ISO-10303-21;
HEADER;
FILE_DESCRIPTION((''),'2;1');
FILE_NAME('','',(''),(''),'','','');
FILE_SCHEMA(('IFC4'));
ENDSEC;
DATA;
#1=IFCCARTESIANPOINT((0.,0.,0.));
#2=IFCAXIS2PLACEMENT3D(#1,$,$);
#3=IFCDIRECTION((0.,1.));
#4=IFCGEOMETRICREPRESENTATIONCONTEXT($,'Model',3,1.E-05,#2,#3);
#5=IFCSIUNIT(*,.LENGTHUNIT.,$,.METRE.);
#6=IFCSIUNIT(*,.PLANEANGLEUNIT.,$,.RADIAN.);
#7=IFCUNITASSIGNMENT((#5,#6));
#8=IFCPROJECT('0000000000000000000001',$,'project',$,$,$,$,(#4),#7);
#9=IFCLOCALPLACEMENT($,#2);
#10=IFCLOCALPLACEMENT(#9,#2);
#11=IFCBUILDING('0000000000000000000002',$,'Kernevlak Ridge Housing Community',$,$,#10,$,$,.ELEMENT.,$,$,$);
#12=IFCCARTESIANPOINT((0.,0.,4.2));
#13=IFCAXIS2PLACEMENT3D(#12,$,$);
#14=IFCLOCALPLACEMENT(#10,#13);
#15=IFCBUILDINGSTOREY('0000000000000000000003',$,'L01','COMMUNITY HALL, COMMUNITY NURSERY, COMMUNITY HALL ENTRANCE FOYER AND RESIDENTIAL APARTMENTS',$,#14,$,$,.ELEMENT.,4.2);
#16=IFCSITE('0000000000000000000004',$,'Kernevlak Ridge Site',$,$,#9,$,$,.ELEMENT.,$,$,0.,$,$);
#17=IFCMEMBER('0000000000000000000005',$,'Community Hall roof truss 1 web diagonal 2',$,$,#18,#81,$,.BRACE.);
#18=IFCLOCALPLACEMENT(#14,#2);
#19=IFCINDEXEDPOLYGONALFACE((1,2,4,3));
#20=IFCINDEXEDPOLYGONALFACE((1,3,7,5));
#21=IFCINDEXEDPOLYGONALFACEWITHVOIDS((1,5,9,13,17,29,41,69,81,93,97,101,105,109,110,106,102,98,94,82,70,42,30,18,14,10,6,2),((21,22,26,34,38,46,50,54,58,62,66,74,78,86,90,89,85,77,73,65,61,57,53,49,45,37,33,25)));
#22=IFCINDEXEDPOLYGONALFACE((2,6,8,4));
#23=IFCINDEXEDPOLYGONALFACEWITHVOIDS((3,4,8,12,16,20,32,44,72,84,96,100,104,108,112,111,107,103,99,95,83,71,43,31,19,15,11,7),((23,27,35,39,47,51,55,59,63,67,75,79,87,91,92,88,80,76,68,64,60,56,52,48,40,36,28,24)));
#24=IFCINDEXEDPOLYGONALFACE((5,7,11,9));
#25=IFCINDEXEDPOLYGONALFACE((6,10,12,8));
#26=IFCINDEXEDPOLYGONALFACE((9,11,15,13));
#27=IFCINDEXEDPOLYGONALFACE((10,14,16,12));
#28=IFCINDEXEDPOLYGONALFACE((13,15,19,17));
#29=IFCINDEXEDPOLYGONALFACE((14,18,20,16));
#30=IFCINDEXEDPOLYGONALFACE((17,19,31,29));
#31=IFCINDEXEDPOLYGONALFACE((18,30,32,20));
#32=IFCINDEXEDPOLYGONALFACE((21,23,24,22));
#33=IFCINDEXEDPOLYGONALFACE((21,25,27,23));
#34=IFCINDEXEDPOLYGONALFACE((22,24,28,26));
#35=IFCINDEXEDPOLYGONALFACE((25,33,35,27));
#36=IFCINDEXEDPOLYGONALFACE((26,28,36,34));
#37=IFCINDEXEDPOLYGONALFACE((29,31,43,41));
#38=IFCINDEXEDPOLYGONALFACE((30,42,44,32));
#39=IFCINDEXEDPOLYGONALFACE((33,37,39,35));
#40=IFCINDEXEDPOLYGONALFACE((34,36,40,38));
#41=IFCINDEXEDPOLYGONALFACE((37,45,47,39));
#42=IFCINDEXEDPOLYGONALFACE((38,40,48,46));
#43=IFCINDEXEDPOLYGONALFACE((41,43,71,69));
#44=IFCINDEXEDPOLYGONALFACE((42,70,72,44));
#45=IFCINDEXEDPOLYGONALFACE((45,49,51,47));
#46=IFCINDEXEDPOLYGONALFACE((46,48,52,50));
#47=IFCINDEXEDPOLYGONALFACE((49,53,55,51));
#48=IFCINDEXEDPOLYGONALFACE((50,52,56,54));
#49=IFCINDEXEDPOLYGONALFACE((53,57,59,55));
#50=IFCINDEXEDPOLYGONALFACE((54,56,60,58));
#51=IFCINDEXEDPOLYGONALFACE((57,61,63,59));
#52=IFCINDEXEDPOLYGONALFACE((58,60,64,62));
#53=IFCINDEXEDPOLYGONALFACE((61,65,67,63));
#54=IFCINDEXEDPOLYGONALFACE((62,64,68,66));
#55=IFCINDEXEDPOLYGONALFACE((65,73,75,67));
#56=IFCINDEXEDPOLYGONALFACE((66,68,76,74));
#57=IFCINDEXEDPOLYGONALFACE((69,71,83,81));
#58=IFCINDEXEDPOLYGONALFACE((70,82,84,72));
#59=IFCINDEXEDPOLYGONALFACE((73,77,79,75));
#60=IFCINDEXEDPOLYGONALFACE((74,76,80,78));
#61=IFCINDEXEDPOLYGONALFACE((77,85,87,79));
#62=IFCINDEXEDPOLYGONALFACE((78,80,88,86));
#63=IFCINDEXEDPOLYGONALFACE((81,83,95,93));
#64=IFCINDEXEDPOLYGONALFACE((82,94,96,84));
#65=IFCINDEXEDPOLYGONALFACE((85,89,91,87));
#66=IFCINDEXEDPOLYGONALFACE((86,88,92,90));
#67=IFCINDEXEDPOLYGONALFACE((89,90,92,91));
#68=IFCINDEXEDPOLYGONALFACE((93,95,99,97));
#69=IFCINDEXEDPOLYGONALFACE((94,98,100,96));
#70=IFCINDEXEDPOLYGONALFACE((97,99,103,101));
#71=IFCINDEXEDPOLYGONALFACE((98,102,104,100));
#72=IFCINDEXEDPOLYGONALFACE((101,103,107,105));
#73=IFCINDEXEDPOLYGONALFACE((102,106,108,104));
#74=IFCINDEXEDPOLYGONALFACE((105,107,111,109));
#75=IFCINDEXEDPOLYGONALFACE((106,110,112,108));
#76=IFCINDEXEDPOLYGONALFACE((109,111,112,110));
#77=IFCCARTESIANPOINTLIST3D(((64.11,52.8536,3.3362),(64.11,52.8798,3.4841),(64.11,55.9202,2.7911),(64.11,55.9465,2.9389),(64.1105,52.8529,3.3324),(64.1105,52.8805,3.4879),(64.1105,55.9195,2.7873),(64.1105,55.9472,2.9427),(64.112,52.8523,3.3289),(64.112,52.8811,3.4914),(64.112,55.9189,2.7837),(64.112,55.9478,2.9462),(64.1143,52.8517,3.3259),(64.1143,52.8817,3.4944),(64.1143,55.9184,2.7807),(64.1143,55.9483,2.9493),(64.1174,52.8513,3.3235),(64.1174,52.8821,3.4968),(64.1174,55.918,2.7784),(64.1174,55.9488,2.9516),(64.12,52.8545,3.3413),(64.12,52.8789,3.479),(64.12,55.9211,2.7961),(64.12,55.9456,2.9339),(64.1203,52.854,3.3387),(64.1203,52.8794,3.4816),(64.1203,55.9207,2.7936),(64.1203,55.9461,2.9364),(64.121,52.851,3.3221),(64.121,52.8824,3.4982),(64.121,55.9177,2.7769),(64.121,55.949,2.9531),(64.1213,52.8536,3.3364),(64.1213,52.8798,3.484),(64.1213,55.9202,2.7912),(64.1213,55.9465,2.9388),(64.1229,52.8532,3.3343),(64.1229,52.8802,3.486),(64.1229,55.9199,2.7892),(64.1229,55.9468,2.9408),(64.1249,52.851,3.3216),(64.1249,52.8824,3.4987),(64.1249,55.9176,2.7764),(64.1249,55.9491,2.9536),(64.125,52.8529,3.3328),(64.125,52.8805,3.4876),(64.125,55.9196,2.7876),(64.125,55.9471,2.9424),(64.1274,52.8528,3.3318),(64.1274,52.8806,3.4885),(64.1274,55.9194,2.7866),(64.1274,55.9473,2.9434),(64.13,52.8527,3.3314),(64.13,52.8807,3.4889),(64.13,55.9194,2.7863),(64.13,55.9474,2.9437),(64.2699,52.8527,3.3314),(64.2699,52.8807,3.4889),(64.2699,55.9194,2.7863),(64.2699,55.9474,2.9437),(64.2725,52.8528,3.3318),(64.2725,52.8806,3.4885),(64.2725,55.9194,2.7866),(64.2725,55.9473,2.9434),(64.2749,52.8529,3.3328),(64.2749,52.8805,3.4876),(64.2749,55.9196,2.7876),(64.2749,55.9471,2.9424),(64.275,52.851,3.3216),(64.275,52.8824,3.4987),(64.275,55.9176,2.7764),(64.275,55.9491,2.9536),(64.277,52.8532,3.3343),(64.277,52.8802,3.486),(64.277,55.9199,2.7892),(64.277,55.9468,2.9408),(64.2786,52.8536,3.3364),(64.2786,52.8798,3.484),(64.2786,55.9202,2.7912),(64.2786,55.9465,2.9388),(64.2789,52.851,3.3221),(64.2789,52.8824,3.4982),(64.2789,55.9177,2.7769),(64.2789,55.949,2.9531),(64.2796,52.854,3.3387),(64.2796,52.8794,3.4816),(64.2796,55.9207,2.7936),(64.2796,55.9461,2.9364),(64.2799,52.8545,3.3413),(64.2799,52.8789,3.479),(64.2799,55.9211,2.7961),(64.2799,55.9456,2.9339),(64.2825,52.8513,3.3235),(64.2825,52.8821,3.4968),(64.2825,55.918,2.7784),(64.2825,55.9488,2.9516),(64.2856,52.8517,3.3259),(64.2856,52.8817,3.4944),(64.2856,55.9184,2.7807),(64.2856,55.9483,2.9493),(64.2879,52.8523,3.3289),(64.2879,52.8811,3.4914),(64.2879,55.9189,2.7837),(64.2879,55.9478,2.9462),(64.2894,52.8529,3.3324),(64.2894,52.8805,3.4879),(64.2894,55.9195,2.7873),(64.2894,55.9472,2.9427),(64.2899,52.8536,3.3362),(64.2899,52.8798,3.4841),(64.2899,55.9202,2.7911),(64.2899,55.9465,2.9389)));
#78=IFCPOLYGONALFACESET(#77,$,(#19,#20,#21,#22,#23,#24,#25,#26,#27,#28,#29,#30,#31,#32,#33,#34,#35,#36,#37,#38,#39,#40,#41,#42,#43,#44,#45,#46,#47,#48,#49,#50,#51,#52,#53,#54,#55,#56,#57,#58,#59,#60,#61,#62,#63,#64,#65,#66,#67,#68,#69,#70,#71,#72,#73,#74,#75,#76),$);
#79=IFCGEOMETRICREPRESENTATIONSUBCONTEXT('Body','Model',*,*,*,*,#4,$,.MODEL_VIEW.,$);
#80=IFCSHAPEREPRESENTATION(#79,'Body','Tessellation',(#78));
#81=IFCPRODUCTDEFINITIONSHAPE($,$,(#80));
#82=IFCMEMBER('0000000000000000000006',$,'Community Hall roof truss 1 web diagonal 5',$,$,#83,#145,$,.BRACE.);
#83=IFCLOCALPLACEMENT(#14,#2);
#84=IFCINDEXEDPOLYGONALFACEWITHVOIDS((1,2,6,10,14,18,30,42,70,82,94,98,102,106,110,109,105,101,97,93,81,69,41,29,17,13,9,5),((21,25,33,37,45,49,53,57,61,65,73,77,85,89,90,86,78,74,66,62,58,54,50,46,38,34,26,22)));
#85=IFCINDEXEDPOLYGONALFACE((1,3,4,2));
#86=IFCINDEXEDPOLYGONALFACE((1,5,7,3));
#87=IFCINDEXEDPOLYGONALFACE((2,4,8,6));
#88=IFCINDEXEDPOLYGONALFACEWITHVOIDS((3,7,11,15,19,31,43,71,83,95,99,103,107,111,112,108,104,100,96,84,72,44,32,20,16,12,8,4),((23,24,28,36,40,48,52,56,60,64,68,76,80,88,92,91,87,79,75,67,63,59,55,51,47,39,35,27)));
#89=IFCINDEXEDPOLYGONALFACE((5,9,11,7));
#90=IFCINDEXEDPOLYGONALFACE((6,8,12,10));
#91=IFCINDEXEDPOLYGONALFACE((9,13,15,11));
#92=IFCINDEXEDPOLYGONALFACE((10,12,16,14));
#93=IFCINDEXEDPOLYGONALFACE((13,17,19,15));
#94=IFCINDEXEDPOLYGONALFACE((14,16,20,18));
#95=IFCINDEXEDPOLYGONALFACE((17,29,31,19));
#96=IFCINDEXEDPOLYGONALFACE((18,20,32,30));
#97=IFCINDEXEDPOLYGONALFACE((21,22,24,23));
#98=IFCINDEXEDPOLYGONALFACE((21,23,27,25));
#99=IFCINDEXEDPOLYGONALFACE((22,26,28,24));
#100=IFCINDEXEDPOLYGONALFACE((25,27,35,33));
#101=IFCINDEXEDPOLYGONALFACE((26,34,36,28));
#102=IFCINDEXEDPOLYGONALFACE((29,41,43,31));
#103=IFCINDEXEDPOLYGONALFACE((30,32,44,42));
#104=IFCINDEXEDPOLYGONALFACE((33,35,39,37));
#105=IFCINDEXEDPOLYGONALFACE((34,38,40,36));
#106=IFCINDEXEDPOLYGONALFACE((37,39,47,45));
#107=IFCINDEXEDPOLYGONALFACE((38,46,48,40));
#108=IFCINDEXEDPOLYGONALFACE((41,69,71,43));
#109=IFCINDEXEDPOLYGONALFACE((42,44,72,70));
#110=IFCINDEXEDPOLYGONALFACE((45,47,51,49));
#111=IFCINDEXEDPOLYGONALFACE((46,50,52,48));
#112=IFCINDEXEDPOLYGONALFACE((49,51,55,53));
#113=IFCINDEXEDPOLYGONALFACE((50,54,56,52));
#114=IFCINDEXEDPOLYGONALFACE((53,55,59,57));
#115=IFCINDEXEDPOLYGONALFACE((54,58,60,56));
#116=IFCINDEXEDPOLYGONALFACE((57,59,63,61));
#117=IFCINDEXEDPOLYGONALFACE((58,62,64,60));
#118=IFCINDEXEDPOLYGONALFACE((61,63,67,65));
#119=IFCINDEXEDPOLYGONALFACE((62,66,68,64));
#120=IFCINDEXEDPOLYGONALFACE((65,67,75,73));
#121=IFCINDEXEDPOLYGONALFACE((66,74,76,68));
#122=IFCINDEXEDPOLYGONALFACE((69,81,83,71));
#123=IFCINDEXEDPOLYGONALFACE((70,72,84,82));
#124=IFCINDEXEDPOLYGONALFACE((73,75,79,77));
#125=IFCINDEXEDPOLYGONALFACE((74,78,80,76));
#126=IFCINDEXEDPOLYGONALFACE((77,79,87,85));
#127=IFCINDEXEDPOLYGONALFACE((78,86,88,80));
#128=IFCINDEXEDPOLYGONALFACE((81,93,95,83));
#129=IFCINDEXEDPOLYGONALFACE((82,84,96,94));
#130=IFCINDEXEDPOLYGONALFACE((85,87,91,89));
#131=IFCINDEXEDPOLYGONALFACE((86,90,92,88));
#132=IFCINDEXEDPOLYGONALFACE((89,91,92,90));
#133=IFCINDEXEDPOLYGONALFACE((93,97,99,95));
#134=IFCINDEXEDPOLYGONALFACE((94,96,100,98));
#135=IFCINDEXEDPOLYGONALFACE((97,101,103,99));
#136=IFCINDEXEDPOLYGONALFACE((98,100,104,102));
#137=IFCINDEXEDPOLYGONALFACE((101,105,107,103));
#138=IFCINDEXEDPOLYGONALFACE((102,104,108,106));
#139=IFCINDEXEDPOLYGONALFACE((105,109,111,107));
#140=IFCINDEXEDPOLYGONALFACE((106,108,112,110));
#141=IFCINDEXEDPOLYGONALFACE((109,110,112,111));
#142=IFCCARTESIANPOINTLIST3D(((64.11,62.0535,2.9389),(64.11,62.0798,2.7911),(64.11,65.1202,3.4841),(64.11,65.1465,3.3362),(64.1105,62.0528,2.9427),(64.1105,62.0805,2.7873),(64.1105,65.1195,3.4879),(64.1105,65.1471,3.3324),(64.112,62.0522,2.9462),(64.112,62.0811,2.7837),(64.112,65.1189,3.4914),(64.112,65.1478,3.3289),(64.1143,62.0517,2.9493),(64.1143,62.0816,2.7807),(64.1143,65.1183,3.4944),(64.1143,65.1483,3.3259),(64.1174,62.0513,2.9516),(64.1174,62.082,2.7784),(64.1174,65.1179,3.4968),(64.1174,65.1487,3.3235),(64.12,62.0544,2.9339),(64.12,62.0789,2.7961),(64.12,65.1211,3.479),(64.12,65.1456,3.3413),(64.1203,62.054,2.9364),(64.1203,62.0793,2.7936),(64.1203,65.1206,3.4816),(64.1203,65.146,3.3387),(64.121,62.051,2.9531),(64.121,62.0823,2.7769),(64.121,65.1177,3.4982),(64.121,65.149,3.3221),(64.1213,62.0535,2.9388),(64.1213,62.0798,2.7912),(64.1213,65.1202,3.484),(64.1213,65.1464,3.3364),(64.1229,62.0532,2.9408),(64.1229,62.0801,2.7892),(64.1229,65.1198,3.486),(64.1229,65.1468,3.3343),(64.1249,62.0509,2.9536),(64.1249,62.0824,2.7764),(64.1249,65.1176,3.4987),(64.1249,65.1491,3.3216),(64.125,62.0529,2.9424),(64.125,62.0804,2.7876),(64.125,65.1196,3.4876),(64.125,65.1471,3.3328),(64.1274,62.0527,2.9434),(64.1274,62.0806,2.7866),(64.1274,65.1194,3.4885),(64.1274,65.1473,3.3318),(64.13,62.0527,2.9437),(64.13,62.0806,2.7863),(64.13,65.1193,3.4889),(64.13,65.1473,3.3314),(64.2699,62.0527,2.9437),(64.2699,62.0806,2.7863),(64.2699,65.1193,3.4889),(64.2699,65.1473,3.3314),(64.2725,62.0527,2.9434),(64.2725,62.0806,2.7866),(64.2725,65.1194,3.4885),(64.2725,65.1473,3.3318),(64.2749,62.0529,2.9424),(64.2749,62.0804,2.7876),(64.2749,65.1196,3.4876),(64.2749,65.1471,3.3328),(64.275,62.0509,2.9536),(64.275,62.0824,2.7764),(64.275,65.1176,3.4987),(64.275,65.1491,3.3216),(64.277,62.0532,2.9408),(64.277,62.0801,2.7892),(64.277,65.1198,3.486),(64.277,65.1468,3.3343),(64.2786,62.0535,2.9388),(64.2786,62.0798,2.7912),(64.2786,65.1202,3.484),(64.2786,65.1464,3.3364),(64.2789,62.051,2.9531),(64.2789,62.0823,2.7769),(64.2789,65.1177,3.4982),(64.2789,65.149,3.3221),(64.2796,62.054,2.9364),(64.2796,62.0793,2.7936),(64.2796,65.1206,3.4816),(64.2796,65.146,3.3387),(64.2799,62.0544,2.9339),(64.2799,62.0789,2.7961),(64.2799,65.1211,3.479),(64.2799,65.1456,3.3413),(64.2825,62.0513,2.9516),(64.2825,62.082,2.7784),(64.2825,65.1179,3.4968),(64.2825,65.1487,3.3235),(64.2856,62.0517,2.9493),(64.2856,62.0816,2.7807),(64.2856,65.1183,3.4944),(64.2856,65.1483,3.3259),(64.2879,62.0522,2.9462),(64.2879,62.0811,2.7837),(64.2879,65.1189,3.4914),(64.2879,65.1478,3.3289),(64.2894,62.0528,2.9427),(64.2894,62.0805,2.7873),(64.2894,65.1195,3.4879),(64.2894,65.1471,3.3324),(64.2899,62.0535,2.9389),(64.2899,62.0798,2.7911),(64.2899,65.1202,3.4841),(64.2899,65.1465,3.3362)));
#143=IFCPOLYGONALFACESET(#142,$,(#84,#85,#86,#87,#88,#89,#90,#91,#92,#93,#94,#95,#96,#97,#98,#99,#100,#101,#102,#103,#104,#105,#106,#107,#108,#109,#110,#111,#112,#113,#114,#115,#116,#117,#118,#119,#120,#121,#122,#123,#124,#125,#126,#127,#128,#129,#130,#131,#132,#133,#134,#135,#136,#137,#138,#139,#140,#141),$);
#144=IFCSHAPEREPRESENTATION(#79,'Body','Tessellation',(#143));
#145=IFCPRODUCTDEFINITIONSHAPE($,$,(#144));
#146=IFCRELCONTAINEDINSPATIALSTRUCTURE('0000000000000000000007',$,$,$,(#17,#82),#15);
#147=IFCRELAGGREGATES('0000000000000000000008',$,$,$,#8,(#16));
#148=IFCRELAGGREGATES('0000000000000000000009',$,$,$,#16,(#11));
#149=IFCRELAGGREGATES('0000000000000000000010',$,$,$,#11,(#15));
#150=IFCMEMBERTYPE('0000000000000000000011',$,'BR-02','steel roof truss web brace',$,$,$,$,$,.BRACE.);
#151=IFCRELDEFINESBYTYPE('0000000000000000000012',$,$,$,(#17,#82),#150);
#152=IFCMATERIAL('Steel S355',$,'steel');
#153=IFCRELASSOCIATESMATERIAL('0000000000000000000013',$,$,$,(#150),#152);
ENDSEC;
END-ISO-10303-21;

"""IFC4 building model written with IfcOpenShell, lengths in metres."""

from ifc_helpers import new_model, si_unit, direction, frame, origin, origin_2d, place, context, subcontext, project, spatial, hollow_rectangle, extrude, material, material_profile, profile_set, type_object, element, save


model = new_model("IFC4")

# Units and contexts
model_context = context("Model", 3, precision=1e-05, world=origin(), true_north=direction((0.0, 1.0)))
body_context = subcontext(model_context, "Body", "Model", "MODEL_VIEW")
ifc_project = project(units=[si_unit("LENGTHUNIT", "METRE"), si_unit("PLANEANGLEUNIT", "RADIAN")], contexts=[model_context])

# Site, building, storey
site_placement = place(None, origin())
site = spatial("IfcSite", under=ifc_project, at=site_placement, Name="Kernevlak Ridge Site", CompositionType="ELEMENT", RefElevation=0.0)
building_placement = place(site_placement, origin())
building = spatial("IfcBuilding", under=site, at=building_placement, Name="Kernevlak Ridge Housing Community", CompositionType="ELEMENT")
storey_placement = place(building_placement, frame((0.0, 0.0, 4.2)))
storey = spatial("IfcBuildingStorey", under=building, at=storey_placement, Name="L01", Description="COMMUNITY HALL, COMMUNITY NURSERY, COMMUNITY HALL ENTRANCE FOYER AND RESIDENTIAL APARTMENTS", CompositionType="ELEMENT", Elevation=4.2)

# Members
ifc_material_1 = material(Name="Steel S355", Category="steel")
ifc_material_profile_1 = material_profile(ifc_material_1, hollow_rectangle(XDim=0.1799, YDim=0.1799, WallThickness=0.01, InnerFilletRadius=0.01, OuterFilletRadius=0.0149, at=origin_2d()), Name="SHS 180x180x10")
ifc_profile_set_1 = profile_set([ifc_material_profile_1], Name="Steel S355")
member_type_1 = type_object("IfcMemberType", Name="BR-02", Description="steel roof truss web brace", PredefinedType="BRACE", material=ifc_profile_set_1)
for number, where, z_axis, x_axis, name in (
    (1, (64.2, 52.8667, 3.4102), (0.0, 0.984563, -0.175028), (-1.0, 0.0, 0.0), "Community Hall roof truss 1 web diagonal 2"),
    (2, (64.2, 62.0667, 2.865), (0.0, 0.984563, 0.175028), (-1.0, 0.0, 0.0), "Community Hall roof truss 1 web diagonal 5"),
):
    element("IfcMember", number, at=place(storey_placement, frame(where, z_axis=z_axis, x_axis=x_axis)), inside=storey, type_object=member_type_1, Name=name, PredefinedType="BRACE", context=body_context, shape_type="SweptSolid", body=[
        extrude(hollow_rectangle(XDim=0.1799, YDim=0.1799, WallThickness=0.01, InnerFilletRadius=0.01, OuterFilletRadius=0.0149, at=origin_2d()), origin(), (0.0, 0.0, 1.0), 3.1147),
    ])

save(model, "model.ifc")
